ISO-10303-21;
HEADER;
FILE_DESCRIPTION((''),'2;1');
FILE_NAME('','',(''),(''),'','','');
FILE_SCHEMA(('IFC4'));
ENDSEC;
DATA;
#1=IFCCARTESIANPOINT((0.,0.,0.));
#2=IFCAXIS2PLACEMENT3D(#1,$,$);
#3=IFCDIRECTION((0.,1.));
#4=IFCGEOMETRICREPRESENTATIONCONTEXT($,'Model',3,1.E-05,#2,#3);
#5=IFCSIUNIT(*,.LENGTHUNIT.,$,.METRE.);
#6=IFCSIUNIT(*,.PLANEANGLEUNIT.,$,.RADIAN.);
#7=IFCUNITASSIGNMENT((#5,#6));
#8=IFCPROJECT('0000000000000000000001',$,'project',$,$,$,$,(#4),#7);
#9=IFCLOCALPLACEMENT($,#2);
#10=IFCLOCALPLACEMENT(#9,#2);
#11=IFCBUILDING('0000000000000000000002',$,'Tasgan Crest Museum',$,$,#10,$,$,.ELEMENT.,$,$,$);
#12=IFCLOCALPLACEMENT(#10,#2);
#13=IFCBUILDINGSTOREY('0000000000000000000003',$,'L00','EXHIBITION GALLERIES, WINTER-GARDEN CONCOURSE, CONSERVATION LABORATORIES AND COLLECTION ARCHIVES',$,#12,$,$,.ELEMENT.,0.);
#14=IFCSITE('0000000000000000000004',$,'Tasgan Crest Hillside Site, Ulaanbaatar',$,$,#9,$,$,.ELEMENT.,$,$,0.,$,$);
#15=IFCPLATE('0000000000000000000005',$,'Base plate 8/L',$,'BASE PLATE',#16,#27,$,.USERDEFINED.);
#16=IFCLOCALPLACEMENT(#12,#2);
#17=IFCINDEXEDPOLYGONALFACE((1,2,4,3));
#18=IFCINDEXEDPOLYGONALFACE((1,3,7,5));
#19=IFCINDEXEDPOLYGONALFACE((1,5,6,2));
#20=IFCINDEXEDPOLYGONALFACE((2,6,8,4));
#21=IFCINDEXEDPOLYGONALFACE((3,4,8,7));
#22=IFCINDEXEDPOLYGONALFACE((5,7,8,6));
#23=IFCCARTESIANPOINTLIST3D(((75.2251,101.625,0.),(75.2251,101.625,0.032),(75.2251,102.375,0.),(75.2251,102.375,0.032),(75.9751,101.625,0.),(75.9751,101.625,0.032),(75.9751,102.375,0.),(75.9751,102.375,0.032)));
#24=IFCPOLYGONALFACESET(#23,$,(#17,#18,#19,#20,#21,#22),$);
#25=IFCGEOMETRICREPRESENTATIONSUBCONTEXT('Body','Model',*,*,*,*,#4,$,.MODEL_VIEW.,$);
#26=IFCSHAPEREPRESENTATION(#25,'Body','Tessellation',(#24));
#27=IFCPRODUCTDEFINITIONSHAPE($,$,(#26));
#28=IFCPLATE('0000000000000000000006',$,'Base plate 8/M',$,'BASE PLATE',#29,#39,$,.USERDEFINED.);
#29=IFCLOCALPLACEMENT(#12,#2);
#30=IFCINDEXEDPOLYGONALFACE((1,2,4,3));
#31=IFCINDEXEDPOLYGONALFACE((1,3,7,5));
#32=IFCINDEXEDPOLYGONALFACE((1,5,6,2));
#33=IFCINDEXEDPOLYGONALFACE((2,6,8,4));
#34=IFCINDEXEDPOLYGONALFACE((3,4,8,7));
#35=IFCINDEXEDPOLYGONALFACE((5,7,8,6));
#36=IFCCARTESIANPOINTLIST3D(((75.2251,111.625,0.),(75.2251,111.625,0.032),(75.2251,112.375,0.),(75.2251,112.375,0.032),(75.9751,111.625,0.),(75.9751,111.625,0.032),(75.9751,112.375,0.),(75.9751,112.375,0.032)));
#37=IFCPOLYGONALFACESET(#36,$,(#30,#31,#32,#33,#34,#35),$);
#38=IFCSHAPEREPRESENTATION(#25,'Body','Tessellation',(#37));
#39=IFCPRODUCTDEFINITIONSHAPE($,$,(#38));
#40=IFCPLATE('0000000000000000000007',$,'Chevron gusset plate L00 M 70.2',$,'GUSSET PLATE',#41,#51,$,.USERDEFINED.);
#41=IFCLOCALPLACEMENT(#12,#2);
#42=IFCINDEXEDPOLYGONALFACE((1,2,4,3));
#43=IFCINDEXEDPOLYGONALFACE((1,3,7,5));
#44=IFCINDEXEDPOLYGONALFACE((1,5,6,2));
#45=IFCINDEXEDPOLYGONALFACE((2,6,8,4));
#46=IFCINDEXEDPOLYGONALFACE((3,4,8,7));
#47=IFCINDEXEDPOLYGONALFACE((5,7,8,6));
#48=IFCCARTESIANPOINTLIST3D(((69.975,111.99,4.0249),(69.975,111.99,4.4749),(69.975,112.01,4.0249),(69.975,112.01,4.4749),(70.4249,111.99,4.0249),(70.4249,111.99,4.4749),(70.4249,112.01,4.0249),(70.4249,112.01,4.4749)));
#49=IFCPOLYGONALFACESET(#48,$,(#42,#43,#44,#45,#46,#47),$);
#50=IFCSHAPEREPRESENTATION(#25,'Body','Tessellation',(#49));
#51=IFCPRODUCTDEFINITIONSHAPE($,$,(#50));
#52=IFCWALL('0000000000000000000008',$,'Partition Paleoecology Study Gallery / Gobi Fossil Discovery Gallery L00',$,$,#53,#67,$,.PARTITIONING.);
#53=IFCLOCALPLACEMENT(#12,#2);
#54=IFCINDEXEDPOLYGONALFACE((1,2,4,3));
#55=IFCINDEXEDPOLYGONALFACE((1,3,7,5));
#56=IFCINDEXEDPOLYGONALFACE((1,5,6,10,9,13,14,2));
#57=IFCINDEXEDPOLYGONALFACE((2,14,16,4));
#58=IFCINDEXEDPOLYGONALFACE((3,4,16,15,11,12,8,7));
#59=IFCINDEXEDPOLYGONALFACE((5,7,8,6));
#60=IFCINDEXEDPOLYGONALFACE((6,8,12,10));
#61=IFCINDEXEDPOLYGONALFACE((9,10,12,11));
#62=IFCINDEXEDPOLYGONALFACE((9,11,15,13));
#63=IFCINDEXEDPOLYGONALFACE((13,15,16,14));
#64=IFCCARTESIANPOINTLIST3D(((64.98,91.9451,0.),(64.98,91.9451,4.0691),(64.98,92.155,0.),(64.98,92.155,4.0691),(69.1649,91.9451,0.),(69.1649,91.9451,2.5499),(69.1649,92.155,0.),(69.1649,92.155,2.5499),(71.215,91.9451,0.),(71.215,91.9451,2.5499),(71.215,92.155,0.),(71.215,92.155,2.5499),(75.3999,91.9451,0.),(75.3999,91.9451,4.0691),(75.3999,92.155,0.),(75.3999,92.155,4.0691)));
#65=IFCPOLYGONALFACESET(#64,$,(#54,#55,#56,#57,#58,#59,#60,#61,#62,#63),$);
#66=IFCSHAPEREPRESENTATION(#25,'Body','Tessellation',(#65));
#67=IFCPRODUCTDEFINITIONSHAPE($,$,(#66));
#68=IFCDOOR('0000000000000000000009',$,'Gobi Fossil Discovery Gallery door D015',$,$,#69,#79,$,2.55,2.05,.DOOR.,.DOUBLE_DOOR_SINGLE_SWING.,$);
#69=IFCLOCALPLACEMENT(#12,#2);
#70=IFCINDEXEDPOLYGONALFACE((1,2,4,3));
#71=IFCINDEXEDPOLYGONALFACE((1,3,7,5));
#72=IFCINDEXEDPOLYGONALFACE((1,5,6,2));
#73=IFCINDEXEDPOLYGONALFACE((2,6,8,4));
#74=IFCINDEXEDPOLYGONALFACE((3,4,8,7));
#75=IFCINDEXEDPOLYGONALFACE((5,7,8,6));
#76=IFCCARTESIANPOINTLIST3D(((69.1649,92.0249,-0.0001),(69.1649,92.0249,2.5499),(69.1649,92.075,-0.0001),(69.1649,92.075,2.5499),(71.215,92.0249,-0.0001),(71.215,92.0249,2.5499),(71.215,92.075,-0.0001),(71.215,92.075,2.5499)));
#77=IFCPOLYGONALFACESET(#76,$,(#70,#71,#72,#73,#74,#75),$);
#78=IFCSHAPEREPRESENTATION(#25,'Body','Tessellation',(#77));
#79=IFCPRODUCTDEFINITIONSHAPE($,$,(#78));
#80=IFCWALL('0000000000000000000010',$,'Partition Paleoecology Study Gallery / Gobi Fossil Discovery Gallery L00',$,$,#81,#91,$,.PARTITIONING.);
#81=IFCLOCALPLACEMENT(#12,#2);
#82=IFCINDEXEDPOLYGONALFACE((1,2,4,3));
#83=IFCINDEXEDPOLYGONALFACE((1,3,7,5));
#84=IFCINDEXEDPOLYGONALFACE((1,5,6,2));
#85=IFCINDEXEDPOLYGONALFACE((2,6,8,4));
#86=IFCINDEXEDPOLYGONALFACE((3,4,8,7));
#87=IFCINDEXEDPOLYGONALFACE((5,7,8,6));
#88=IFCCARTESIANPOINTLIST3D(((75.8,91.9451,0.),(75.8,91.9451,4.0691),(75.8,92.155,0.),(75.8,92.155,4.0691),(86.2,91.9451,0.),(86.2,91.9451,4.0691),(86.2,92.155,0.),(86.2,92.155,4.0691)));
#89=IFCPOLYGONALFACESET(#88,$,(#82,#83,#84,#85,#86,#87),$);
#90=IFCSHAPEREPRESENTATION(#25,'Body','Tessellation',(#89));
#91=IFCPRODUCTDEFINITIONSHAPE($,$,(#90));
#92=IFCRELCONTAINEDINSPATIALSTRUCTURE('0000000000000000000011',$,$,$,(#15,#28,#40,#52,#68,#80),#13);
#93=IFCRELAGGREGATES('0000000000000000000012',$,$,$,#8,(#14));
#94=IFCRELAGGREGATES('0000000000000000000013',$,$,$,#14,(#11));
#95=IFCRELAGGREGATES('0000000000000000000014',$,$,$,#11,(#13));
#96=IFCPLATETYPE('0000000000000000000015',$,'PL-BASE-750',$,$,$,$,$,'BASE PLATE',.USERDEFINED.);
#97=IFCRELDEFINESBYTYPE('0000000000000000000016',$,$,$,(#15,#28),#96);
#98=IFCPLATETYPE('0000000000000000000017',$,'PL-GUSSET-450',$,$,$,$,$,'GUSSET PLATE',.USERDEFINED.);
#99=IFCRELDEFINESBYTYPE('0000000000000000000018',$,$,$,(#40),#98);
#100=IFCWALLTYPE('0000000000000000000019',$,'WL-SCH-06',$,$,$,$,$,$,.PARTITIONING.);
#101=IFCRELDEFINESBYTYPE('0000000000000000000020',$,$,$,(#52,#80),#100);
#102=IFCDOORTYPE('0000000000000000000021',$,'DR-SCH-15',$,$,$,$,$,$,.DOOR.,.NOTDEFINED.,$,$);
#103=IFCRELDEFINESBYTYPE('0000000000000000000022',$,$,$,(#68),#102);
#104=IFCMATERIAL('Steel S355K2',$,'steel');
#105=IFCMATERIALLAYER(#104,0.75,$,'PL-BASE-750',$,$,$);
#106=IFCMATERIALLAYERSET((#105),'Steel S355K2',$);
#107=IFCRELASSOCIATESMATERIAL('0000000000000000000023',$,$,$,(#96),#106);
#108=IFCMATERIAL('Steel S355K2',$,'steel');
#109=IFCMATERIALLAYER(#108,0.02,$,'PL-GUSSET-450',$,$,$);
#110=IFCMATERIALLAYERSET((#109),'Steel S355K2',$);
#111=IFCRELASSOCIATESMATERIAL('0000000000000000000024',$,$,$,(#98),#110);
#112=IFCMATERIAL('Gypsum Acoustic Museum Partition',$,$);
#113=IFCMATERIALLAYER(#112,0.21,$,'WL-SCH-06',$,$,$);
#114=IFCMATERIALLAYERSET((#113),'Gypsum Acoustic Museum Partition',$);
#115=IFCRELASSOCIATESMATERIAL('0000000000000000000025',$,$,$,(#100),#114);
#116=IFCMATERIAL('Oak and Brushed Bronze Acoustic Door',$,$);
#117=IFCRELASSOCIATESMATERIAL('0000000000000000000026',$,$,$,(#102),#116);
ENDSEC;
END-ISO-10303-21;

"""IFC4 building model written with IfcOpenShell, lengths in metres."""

from ifc_helpers import new_model, si_unit, direction, frame, frame_2d, origin, origin_2d, place, context, subcontext, project, spatial, rectangle, extrude, material, layer, layer_set, type_object, element, fill, save


model = new_model("IFC4")

# Units and contexts
model_context = context("Model", 3, precision=1e-05, world=origin(), true_north=direction((0.0, 1.0)))
body_context = subcontext(model_context, "Body", "Model", "MODEL_VIEW")
ifc_project = project(units=[si_unit("LENGTHUNIT", "METRE"), si_unit("PLANEANGLEUNIT", "RADIAN")], contexts=[model_context])

# Site, building, storey
site_placement = place(None, origin())
site = spatial("IfcSite", under=ifc_project, at=site_placement, Name="Tasgan Crest Hillside Site, Ulaanbaatar", CompositionType="ELEMENT", RefElevation=0.0)
building_placement = place(site_placement, origin())
building = spatial("IfcBuilding", under=site, at=building_placement, Name="Tasgan Crest Museum", CompositionType="ELEMENT")
storey_placement = place(building_placement, origin())
storey = spatial("IfcBuildingStorey", under=building, at=storey_placement, Name="L00", Description="EXHIBITION GALLERIES, WINTER-GARDEN CONCOURSE, CONSERVATION LABORATORIES AND COLLECTION ARCHIVES", CompositionType="ELEMENT", Elevation=0.0)

# Plates
ifc_material_1 = material(Name="Steel S355K2", Category="steel")
ifc_layer_1 = layer(ifc_material_1, 0.75, Name="PL-BASE-750")
ifc_layer_set_1 = layer_set([ifc_layer_1], Name="Steel S355K2")
plate_type_1 = type_object("IfcPlateType", Name="PL-BASE-750", ElementType="BASE PLATE", PredefinedType="USERDEFINED", material=ifc_layer_set_1)
for number, where, z_axis, x_axis, name in (
    (1, (75.6001, 102.0, 0.0), (0.0, 0.0, 1.0), (1.0, 0.0, 0.0), "Base plate 8/L"),
    (2, (75.6001, 112.0, 0.0), (0.0, 0.0, 1.0), (1.0, 0.0, 0.0), "Base plate 8/M"),
):
    element("IfcPlate", number, at=place(storey_placement, frame(where, z_axis=z_axis, x_axis=x_axis)), inside=storey, type_object=plate_type_1, Name=name, ObjectType="BASE PLATE", PredefinedType="USERDEFINED", context=body_context, shape_type="SweptSolid", body=[
        extrude(rectangle(XDim=0.75, YDim=0.75, at=origin_2d()), origin(), (0.0, 0.0, 1.0), 0.032),
    ])
ifc_material_2 = material(Name="Steel S355K2", Category="steel")
ifc_layer_2 = layer(ifc_material_2, 0.02, Name="PL-GUSSET-450")
ifc_layer_set_2 = layer_set([ifc_layer_2], Name="Steel S355K2")
plate_type_2 = type_object("IfcPlateType", Name="PL-GUSSET-450", ElementType="GUSSET PLATE", PredefinedType="USERDEFINED", material=ifc_layer_set_2)
plate_placement = place(storey_placement, frame((70.2, 112.0, 4.0249), z_axis=(0.0, 0.0, 1.0), x_axis=(1.0, 0.0, 0.0)))
element("IfcPlate", 3, at=plate_placement, inside=storey, type_object=plate_type_2, Name="Chevron gusset plate L00 M 70.2", ObjectType="GUSSET PLATE", PredefinedType="USERDEFINED", context=body_context, shape_type="SweptSolid", body=[
    extrude(rectangle(XDim=0.45, YDim=0.02, at=origin_2d()), origin(), (0.0, 0.0, 1.0), 0.45),
])

# Wall, opening, door
ifc_material_3 = material(Name="Gypsum Acoustic Museum Partition")
ifc_layer_3 = layer(ifc_material_3, 0.21, Name="WL-SCH-06")
ifc_layer_set_3 = layer_set([ifc_layer_3], Name="Gypsum Acoustic Museum Partition")
wall_type = type_object("IfcWallType", Name="WL-SCH-06", PredefinedType="PARTITIONING", material=ifc_layer_set_3)
wall_1_placement = place(storey_placement, frame((64.98, 92.05, 0.0), z_axis=(0.0, 0.0, 1.0), x_axis=(1.0, 0.0, 0.0)))
wall_1 = element("IfcWall", 4, at=wall_1_placement, inside=storey, type_object=wall_type, Name="Partition Paleoecology Study Gallery / Gobi Fossil Discovery Gallery L00", PredefinedType="PARTITIONING", context=body_context, shape_type="SweptSolid", body=[
    extrude(rectangle(XDim=10.4199, YDim=0.21, at=frame_2d((5.21, 0.0))), origin(), (0.0, 0.0, 1.0), 4.0691),
])
opening_placement = place(wall_1_placement, frame((4.1851, 0.0, 0.0)))
opening = element("IfcOpeningElement", 5, at=opening_placement, cuts=wall_1, PredefinedType="OPENING", context=body_context, shape_type="SweptSolid", body=[
    extrude(rectangle(XDim=2.05, YDim=2.55, at=frame_2d((1.0249, 1.2749))), frame((0.0, 0.115, 0.0), z_axis=(0.0, -1.0, 0.0), x_axis=(1.0, 0.0, 0.0)), (0.0, 0.0, 1.0), 0.23),
])
ifc_material_4 = material(Name="Oak and Brushed Bronze Acoustic Door")
door_type = type_object("IfcDoorType", Name="DR-SCH-15", OperationType="NOTDEFINED", PredefinedType="DOOR", material=ifc_material_4)
door_placement = place(opening_placement, origin())
door = element("IfcDoor", 6, at=door_placement, inside=storey, type_object=door_type, Name="Gobi Fossil Discovery Gallery door D015", OperationType="DOUBLE_DOOR_SINGLE_SWING", OverallHeight=2.55, OverallWidth=2.05, PredefinedType="DOOR", context=body_context, shape_type="SweptSolid", body=[
    extrude(rectangle(XDim=2.05, YDim=2.55, at=frame_2d((1.0249, 1.2749))), frame((0.0, 0.0249, 0.0), z_axis=(0.0, -1.0, 0.0), x_axis=(1.0, 0.0, 0.0)), (0.0, 0.0, 1.0), 0.05),
])
fill(opening, door)

# Wall
wall_2_placement = place(storey_placement, frame((75.8, 92.05, 0.0), z_axis=(0.0, 0.0, 1.0), x_axis=(1.0, 0.0, 0.0)))
element("IfcWall", 7, at=wall_2_placement, inside=storey, type_object=wall_type, Name="Partition Paleoecology Study Gallery / Gobi Fossil Discovery Gallery L00", PredefinedType="PARTITIONING", context=body_context, shape_type="SweptSolid", body=[
    extrude(rectangle(XDim=10.3999, YDim=0.21, at=frame_2d((5.2, 0.0))), origin(), (0.0, 0.0, 1.0), 4.0691),
])

save(model, "model.ifc")
